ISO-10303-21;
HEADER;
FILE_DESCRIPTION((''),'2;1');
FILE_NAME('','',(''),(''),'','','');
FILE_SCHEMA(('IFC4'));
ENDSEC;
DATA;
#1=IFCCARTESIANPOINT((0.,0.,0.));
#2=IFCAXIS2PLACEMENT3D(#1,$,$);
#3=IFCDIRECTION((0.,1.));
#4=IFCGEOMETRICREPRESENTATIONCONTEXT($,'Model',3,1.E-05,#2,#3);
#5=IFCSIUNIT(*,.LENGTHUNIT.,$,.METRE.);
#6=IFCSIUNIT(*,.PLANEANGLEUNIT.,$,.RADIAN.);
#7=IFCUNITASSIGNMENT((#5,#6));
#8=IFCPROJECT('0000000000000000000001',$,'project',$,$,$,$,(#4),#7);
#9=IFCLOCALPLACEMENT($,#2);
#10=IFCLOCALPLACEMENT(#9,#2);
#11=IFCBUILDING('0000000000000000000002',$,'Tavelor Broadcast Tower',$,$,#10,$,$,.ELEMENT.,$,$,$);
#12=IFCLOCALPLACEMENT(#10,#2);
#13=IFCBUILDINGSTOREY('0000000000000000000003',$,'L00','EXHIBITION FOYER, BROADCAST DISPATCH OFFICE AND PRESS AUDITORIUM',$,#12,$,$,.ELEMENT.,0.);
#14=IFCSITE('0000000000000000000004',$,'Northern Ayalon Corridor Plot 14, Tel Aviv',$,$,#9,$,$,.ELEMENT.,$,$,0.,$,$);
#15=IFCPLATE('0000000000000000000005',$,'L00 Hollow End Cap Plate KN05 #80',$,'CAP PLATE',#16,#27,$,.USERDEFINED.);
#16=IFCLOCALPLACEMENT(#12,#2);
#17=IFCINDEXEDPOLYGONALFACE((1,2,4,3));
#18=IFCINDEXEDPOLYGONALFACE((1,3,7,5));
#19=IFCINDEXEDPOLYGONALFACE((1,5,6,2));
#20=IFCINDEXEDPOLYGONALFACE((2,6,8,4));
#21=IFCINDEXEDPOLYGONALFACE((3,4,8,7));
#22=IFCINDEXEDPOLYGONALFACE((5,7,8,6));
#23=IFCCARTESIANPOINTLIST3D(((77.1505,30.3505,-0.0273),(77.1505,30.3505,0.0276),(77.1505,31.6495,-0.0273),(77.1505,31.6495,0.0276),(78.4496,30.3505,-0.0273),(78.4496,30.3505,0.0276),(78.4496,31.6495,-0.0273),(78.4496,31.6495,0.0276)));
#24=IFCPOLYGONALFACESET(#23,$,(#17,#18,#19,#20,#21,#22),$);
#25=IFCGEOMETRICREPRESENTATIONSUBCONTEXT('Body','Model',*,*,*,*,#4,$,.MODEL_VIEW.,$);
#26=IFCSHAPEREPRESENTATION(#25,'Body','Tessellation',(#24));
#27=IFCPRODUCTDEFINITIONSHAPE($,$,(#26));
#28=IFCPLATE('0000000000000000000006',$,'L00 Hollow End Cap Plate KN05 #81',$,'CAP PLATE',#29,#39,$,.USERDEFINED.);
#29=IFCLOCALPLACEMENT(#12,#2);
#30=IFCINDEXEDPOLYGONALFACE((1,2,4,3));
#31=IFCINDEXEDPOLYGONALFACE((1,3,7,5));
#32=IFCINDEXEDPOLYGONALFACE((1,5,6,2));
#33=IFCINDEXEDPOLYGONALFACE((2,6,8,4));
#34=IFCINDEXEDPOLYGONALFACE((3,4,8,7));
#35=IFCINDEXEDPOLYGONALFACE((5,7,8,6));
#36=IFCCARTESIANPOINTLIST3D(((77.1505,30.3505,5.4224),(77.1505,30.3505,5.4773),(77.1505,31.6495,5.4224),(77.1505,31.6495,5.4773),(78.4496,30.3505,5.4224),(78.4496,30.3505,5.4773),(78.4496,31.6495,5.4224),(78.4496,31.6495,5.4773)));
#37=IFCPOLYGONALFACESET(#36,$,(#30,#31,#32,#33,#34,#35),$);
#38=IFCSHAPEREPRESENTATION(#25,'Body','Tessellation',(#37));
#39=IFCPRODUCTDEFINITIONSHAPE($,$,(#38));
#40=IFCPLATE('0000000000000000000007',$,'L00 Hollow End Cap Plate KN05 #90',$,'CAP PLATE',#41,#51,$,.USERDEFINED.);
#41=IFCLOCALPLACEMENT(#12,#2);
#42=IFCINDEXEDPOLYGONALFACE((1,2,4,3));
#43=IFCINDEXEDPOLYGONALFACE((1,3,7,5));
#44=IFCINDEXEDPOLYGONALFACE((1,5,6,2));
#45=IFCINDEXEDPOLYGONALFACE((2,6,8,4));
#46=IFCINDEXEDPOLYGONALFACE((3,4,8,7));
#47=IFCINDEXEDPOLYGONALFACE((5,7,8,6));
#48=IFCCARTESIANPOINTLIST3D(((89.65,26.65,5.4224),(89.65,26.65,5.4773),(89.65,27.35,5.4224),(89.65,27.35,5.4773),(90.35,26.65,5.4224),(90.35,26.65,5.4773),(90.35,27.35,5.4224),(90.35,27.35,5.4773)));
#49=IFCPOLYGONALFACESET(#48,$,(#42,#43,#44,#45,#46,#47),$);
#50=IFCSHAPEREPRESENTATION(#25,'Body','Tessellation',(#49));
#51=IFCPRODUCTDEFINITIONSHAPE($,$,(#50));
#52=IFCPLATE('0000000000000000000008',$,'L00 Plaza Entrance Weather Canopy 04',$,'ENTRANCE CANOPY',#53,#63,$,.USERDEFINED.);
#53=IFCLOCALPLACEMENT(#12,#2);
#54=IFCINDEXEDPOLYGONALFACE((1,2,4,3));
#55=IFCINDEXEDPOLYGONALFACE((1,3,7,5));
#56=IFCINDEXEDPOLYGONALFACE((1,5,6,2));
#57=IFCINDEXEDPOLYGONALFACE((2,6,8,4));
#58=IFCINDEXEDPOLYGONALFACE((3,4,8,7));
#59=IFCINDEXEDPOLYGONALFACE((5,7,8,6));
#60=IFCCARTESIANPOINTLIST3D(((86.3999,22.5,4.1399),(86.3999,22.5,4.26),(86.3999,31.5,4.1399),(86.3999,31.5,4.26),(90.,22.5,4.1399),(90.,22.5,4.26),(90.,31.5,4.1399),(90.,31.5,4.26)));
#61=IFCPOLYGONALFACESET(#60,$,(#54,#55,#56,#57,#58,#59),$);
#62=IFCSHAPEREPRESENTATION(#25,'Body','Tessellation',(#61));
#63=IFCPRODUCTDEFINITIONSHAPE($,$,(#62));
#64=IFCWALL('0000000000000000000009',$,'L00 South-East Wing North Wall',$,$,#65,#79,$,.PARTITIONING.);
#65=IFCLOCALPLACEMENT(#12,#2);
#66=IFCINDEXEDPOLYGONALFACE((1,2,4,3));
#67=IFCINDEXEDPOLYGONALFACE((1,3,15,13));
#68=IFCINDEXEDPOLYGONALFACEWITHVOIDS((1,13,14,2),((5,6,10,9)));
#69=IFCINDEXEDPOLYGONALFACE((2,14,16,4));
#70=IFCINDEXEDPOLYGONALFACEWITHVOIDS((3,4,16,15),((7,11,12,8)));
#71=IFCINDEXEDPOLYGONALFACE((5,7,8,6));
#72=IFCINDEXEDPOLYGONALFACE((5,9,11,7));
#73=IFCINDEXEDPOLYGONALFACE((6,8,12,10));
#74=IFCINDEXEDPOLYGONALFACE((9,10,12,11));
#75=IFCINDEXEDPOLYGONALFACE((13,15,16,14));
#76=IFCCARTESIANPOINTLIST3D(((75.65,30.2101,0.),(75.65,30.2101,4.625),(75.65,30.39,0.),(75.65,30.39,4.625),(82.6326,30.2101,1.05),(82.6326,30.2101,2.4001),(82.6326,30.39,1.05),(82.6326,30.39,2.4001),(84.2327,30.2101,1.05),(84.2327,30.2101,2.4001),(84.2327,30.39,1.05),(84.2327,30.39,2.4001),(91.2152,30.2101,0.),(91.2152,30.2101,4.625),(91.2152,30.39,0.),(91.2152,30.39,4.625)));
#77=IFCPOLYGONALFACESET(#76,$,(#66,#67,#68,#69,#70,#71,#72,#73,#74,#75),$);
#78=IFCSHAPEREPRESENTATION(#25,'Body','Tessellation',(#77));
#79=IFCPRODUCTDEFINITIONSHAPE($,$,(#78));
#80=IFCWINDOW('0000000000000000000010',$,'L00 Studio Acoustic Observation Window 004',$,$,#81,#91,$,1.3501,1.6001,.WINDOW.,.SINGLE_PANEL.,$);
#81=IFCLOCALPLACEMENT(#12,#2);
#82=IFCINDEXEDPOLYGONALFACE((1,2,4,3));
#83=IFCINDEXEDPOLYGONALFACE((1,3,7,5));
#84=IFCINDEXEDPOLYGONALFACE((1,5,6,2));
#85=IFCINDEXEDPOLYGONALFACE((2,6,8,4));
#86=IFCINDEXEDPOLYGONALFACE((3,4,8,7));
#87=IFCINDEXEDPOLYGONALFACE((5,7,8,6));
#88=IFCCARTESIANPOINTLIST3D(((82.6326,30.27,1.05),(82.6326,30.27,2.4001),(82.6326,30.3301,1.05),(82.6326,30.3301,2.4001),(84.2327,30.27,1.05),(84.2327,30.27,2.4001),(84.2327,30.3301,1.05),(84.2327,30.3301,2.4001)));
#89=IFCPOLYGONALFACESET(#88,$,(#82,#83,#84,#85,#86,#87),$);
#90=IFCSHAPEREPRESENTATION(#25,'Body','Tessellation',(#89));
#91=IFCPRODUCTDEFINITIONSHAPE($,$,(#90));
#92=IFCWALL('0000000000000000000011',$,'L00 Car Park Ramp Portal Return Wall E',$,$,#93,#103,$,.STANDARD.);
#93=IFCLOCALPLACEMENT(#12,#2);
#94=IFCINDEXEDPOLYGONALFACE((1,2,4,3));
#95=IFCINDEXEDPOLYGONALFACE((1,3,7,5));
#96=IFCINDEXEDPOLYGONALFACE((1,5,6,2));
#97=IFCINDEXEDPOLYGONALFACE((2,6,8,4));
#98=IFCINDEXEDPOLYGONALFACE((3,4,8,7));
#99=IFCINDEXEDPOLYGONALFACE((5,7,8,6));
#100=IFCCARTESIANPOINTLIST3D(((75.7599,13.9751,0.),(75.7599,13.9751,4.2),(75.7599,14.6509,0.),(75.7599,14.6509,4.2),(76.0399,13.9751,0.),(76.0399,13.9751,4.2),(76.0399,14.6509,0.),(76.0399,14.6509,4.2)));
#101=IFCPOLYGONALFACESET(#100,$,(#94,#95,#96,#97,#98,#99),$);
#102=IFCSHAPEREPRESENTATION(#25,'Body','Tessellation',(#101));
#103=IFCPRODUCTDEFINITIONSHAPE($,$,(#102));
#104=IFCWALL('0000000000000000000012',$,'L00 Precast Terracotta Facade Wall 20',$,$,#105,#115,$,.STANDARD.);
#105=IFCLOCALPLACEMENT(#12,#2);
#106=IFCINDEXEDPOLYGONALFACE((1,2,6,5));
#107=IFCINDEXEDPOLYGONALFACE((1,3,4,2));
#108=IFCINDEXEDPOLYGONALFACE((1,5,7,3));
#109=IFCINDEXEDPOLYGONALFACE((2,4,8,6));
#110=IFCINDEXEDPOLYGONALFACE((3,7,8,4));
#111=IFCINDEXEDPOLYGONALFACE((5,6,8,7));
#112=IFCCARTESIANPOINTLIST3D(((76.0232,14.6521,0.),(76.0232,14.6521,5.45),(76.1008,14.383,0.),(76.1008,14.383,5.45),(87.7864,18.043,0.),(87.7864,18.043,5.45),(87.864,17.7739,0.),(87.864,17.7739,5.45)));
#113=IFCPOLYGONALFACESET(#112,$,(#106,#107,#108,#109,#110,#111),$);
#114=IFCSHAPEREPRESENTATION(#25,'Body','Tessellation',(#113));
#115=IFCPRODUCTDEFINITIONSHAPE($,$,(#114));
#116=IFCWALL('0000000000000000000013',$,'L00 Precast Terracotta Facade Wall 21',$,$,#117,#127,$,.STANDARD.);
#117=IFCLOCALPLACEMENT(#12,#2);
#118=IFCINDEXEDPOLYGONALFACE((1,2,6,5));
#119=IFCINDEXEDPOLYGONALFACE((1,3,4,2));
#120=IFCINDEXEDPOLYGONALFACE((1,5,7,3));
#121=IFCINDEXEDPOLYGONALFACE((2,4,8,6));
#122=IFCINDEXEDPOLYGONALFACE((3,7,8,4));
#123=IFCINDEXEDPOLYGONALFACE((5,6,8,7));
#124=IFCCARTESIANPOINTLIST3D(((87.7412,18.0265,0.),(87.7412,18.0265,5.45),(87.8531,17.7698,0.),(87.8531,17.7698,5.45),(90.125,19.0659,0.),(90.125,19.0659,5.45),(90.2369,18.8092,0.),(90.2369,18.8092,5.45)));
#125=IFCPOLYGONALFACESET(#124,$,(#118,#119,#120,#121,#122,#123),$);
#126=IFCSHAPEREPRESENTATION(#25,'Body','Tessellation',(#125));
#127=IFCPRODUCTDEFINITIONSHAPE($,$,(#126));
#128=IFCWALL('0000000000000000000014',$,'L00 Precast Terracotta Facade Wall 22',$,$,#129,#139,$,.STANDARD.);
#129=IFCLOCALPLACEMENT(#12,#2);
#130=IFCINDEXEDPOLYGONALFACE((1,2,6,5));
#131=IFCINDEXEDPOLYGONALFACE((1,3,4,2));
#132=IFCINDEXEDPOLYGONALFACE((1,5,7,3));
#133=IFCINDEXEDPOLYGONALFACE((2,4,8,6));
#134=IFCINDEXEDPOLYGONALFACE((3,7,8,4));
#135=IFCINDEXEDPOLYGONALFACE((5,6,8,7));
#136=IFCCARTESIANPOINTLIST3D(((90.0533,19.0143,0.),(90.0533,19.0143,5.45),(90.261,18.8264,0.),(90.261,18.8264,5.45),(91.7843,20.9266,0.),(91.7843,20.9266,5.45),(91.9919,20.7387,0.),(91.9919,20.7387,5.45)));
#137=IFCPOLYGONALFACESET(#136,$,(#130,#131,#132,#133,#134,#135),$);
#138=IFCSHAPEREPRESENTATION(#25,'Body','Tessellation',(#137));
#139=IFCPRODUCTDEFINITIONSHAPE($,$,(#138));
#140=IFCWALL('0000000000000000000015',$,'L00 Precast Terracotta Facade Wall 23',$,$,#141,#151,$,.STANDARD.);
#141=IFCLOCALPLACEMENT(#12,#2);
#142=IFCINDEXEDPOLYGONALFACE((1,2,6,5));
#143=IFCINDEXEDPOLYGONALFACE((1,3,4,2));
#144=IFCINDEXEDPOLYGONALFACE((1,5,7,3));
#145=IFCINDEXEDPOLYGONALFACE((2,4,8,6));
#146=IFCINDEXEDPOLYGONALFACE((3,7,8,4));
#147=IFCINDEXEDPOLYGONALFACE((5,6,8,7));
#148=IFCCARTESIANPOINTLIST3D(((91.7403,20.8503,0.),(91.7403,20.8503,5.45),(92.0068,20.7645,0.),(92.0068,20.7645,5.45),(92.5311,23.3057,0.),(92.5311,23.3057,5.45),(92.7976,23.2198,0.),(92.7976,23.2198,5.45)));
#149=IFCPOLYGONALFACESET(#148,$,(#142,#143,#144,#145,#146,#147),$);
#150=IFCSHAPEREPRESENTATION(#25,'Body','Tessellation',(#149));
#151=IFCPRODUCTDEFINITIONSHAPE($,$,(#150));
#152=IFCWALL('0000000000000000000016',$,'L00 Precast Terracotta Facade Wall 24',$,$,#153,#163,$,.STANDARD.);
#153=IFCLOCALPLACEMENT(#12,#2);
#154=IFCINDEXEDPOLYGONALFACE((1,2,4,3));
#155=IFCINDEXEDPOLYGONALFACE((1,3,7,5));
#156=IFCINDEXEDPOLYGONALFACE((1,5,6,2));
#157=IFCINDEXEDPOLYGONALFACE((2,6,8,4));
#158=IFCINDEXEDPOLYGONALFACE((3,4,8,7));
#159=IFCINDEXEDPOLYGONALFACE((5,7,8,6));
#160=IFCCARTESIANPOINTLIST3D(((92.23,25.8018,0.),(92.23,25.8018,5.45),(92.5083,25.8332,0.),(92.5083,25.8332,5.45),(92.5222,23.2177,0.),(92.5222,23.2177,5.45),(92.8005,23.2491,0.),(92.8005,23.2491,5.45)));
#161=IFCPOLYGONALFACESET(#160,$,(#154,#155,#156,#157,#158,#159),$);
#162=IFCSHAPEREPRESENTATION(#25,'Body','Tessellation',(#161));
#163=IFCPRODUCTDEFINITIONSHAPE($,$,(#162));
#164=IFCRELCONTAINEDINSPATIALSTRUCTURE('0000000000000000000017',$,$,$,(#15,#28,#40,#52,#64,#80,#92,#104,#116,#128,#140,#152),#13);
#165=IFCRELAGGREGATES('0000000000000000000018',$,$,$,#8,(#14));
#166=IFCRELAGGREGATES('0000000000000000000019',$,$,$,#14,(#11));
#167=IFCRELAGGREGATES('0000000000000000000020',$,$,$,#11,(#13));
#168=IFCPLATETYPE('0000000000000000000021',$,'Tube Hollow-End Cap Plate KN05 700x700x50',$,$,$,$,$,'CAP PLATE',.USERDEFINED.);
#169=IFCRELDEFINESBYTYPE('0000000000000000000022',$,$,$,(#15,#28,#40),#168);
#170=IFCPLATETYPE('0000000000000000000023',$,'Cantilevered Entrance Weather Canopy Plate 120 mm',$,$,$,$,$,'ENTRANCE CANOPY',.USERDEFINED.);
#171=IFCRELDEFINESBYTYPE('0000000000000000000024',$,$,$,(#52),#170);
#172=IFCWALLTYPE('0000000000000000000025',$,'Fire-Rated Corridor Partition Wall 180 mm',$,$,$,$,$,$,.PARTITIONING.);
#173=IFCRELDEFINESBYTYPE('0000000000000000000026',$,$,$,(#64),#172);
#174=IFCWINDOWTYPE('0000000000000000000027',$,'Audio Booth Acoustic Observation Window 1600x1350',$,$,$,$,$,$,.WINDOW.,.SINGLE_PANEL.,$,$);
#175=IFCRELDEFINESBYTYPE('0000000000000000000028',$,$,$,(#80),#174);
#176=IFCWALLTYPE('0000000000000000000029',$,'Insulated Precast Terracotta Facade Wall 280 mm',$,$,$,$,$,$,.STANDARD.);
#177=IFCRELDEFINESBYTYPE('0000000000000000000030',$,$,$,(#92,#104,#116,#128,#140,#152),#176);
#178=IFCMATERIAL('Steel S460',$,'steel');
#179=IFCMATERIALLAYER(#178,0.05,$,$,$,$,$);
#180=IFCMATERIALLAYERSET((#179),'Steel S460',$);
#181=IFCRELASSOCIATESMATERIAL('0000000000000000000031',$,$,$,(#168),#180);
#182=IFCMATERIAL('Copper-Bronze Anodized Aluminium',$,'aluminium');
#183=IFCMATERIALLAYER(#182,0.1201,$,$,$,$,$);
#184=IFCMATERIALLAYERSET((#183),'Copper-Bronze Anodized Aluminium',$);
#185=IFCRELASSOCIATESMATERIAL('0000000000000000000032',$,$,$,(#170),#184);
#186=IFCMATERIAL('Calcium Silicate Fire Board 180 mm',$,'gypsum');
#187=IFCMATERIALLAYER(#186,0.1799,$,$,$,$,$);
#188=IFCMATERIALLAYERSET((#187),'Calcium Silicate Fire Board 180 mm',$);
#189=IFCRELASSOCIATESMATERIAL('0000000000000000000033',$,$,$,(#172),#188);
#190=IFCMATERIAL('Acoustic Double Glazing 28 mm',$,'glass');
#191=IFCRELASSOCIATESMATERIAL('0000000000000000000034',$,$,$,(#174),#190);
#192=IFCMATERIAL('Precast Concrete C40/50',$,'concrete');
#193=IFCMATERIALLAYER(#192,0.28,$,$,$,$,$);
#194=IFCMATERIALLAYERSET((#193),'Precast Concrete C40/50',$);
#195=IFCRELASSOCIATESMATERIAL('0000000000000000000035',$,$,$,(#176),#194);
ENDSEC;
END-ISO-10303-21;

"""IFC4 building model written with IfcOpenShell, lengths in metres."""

from ifc_helpers import new_model, si_unit, direction, frame, frame_2d, origin, origin_2d, place, context, subcontext, project, spatial, rectangle, extrude, source, transform, mapped, material, layer, layer_set, type_object, type_shapes, element, fill, save


model = new_model("IFC4")

# Units and contexts
model_context = context("Model", 3, precision=1e-05, world=origin(), true_north=direction((0.0, 1.0)))
body_context = subcontext(model_context, "Body", "Model", "MODEL_VIEW")
ifc_project = project(units=[si_unit("LENGTHUNIT", "METRE"), si_unit("PLANEANGLEUNIT", "RADIAN")], contexts=[model_context])

# Site, building, storey
site_placement = place(None, origin())
site = spatial("IfcSite", under=ifc_project, at=site_placement, Name="Northern Ayalon Corridor Plot 14, Tel Aviv", CompositionType="ELEMENT", RefElevation=0.0)
building_placement = place(site_placement, origin())
building = spatial("IfcBuilding", under=site, at=building_placement, Name="Tavelor Broadcast Tower", CompositionType="ELEMENT")
storey_placement = place(building_placement, origin())
storey = spatial("IfcBuildingStorey", under=building, at=storey_placement, Name="L00", Description="EXHIBITION FOYER, BROADCAST DISPATCH OFFICE AND PRESS AUDITORIUM", CompositionType="ELEMENT", Elevation=0.0)

# Shared definitions
ifc_material_1 = material(Name="Steel S460", Category="steel")

# Plates
ifc_layer_1 = layer(ifc_material_1, 0.05)
ifc_layer_set_1 = layer_set([ifc_layer_1], Name="Steel S460")
plate_type_1 = type_object("IfcPlateType", Name="Tube Hollow-End Cap Plate KN05 700x700x50", ElementType="CAP PLATE", PredefinedType="USERDEFINED", material=ifc_layer_set_1)
shared_shape_1 = source(origin(), body_context, "Body", "SweptSolid", [
    extrude(rectangle(XDim=1.2991, YDim=1.2991, at=origin_2d()), origin(), (0.0, 0.0, 1.0), 0.0549),
])
for number, where, z_axis, x_axis, name in (
    (1, (77.8, 31.0, -0.0273), (0.0, 0.0, 1.0), (1.0, 0.0, 0.0), "L00 Hollow End Cap Plate KN05 #80"),
    (2, (77.8, 31.0, 5.4224), (0.0, 0.0, 1.0), (1.0, 0.0, 0.0), "L00 Hollow End Cap Plate KN05 #81"),
):
    element("IfcPlate", number, at=place(storey_placement, frame(where, z_axis=z_axis, x_axis=x_axis)), inside=storey, type_object=plate_type_1, Name=name, ObjectType="CAP PLATE", PredefinedType="USERDEFINED", context=body_context, shape_type="MappedRepresentation", body=[
        mapped(shared_shape_1, transform((0.0, 0.0, 0.0), scale=1.0)),
    ])
shared_shape_2 = source(origin(), body_context, "Body", "SweptSolid", [
    extrude(rectangle(XDim=0.7, YDim=0.7, at=origin_2d()), origin(), (0.0, 0.0, 1.0), 0.0549),
])
type_shapes(plate_type_1, [shared_shape_1, shared_shape_2])
plate_1_placement = place(storey_placement, frame((90.0, 27.0, 5.4224), z_axis=(0.0, 0.0, 1.0), x_axis=(1.0, 0.0, 0.0)))
element("IfcPlate", 3, at=plate_1_placement, inside=storey, type_object=plate_type_1, Name="L00 Hollow End Cap Plate KN05 #90", ObjectType="CAP PLATE", PredefinedType="USERDEFINED", context=body_context, shape_type="MappedRepresentation", body=[
    mapped(shared_shape_2, transform((0.0, 0.0, 0.0), scale=1.0)),
])
ifc_material_2 = material(Name="Copper-Bronze Anodized Aluminium", Category="aluminium")
ifc_layer_2 = layer(ifc_material_2, 0.1201)
ifc_layer_set_2 = layer_set([ifc_layer_2], Name="Copper-Bronze Anodized Aluminium")
plate_type_2 = type_object("IfcPlateType", Name="Cantilevered Entrance Weather Canopy Plate 120 mm", ElementType="ENTRANCE CANOPY", PredefinedType="USERDEFINED", material=ifc_layer_set_2)
shared_shape_3 = source(origin(), body_context, "Body", "SweptSolid", [
    extrude(rectangle(XDim=3.6001, YDim=9.0, at=origin_2d()), origin(), (0.0, 0.0, 1.0), 0.1201),
])
type_shapes(plate_type_2, [shared_shape_3])
plate_2_placement = place(storey_placement, frame((88.2, 27.0, 4.1399), z_axis=(0.0, 0.0, 1.0), x_axis=(1.0, 0.0, 0.0)))
element("IfcPlate", 4, at=plate_2_placement, inside=storey, type_object=plate_type_2, Name="L00 Plaza Entrance Weather Canopy 04", ObjectType="ENTRANCE CANOPY", PredefinedType="USERDEFINED", context=body_context, shape_type="MappedRepresentation", body=[
    mapped(shared_shape_3, transform((0.0, 0.0, 0.0), scale=1.0)),
])

# Wall, opening, window
ifc_material_3 = material(Name="Calcium Silicate Fire Board 180 mm", Category="gypsum")
ifc_layer_3 = layer(ifc_material_3, 0.1799)
ifc_layer_set_3 = layer_set([ifc_layer_3], Name="Calcium Silicate Fire Board 180 mm")
wall_type_1 = type_object("IfcWallType", Name="Fire-Rated Corridor Partition Wall 180 mm", PredefinedType="PARTITIONING", material=ifc_layer_set_3)
wall_1_placement = place(storey_placement, frame((75.6499, 30.3, 0.0), z_axis=(0.0, 0.0, 1.0), x_axis=(1.0, 0.0, 0.0)))
wall_1 = element("IfcWall", 5, at=wall_1_placement, inside=storey, type_object=wall_type_1, Name="L00 South-East Wing North Wall", PredefinedType="PARTITIONING", context=body_context, shape_type="SweptSolid", body=[
    extrude(rectangle(XDim=15.5652, YDim=0.1799, at=frame_2d((7.7827, 0.0))), origin(), (0.0, 0.0, 1.0), 4.625),
])
opening_1_placement = place(wall_1_placement, frame((6.9827, 0.0, 1.05)))
opening_1 = element("IfcOpeningElement", 6, at=opening_1_placement, cuts=wall_1, PredefinedType="OPENING", context=body_context, shape_type="SweptSolid", body=[
    extrude(rectangle(XDim=1.6001, YDim=1.3501, at=frame_2d((0.8, 0.675))), frame((0.0, 0.1001, 0.0), z_axis=(0.0, -1.0, 0.0), x_axis=(1.0, 0.0, 0.0)), (0.0, 0.0, 1.0), 0.2),
])
ifc_material_4 = material(Name="Acoustic Double Glazing 28 mm", Category="glass")
window_type_1 = type_object("IfcWindowType", Name="Audio Booth Acoustic Observation Window 1600x1350", PartitioningType="SINGLE_PANEL", PredefinedType="WINDOW", material=ifc_material_4)
window_1_placement = place(opening_1_placement, origin())
window_1 = element("IfcWindow", 7, at=window_1_placement, inside=storey, type_object=window_type_1, Name="L00 Studio Acoustic Observation Window 004", OverallHeight=1.3501, OverallWidth=1.6001, PartitioningType="SINGLE_PANEL", PredefinedType="WINDOW", context=body_context, shape_type="SweptSolid", body=[
    extrude(rectangle(XDim=1.6001, YDim=1.3501, at=frame_2d((0.8, 0.675))), frame((0.0, 0.03, 0.0), z_axis=(0.0, -1.0, 0.0), x_axis=(1.0, 0.0, 0.0)), (0.0, 0.0, 1.0), 0.0601),
])
fill(opening_1, window_1)

# Walls
ifc_material_5 = material(Name="Precast Concrete C40/50", Category="concrete")
ifc_layer_4 = layer(ifc_material_5, 0.28)
ifc_layer_set_4 = layer_set([ifc_layer_4], Name="Precast Concrete C40/50")
wall_type_2 = type_object("IfcWallType", Name="Insulated Precast Terracotta Facade Wall 280 mm", PredefinedType="STANDARD", material=ifc_layer_set_4)
wall_2_placement = place(storey_placement, frame((75.8999, 13.9751, 0.0), z_axis=(0.0, 0.0, 1.0), x_axis=(0.0, 1.0, 0.0)))
element("IfcWall", 8, at=wall_2_placement, inside=storey, type_object=wall_type_2, Name="L00 Car Park Ramp Portal Return Wall E", PredefinedType="STANDARD", context=body_context, shape_type="SweptSolid", body=[
    extrude(rectangle(XDim=0.6758, YDim=0.28, at=frame_2d((0.3379, 0.0))), origin(), (0.0, 0.0, 1.0), 4.2),
])
wall_3_placement = place(storey_placement, frame((76.062, 14.5176, 0.0), z_axis=(0.0, 0.0, 1.0), x_axis=(0.960875, 0.276983, 0.0)))
element("IfcWall", 9, at=wall_3_placement, inside=storey, type_object=wall_type_2, Name="L00 Precast Terracotta Facade Wall 20", PredefinedType="STANDARD", context=body_context, shape_type="SweptSolid", body=[
    extrude(rectangle(XDim=12.2422, YDim=0.28, at=frame_2d((6.1211, 0.0))), origin(), (0.0, 0.0, 1.0), 5.45),
])
wall_4_placement = place(storey_placement, frame((87.7971, 17.8982, 0.0), z_axis=(0.0, 0.0, 1.0), x_axis=(0.916665, 0.399656, 0.0)))
element("IfcWall", 10, at=wall_4_placement, inside=storey, type_object=wall_type_2, Name="L00 Precast Terracotta Facade Wall 21", PredefinedType="STANDARD", context=body_context, shape_type="SweptSolid", body=[
    extrude(rectangle(XDim=2.6006, YDim=0.28, at=frame_2d((1.3003, 0.0))), origin(), (0.0, 0.0, 1.0), 5.45),
])
wall_5_placement = place(storey_placement, frame((90.1572, 18.9204, 0.0), z_axis=(0.0, 0.0, 1.0), x_axis=(0.671069, 0.741394, 0.0)))
element("IfcWall", 11, at=wall_5_placement, inside=storey, type_object=wall_type_2, Name="L00 Precast Terracotta Facade Wall 22", PredefinedType="STANDARD", context=body_context, shape_type="SweptSolid", body=[
    extrude(rectangle(XDim=2.5793, YDim=0.28, at=frame_2d((1.2896, 0.0))), origin(), (0.0, 0.0, 1.0), 5.45),
])
wall_6_placement = place(storey_placement, frame((91.8735, 20.8074, 0.0), z_axis=(0.0, 0.0, 1.0), x_axis=(0.306558, 0.951852, 0.0)))
element("IfcWall", 12, at=wall_6_placement, inside=storey, type_object=wall_type_2, Name="L00 Precast Terracotta Facade Wall 23", PredefinedType="STANDARD", context=body_context, shape_type="SweptSolid", body=[
    extrude(rectangle(XDim=2.5796, YDim=0.28, at=frame_2d((1.2898, 0.0))), origin(), (0.0, 0.0, 1.0), 5.45),
])
wall_7_placement = place(storey_placement, frame((92.6614, 23.2334, 0.0), z_axis=(0.0, 0.0, 1.0), x_axis=(-0.112368, 0.993667, 0.0)))
element("IfcWall", 13, at=wall_7_placement, inside=storey, type_object=wall_type_2, Name="L00 Precast Terracotta Facade Wall 24", PredefinedType="STANDARD", context=body_context, shape_type="SweptSolid", body=[
    extrude(rectangle(XDim=2.6006, YDim=0.28, at=frame_2d((1.3003, 0.0))), origin(), (0.0, 0.0, 1.0), 5.45),
])

save(model, "model.ifc")
